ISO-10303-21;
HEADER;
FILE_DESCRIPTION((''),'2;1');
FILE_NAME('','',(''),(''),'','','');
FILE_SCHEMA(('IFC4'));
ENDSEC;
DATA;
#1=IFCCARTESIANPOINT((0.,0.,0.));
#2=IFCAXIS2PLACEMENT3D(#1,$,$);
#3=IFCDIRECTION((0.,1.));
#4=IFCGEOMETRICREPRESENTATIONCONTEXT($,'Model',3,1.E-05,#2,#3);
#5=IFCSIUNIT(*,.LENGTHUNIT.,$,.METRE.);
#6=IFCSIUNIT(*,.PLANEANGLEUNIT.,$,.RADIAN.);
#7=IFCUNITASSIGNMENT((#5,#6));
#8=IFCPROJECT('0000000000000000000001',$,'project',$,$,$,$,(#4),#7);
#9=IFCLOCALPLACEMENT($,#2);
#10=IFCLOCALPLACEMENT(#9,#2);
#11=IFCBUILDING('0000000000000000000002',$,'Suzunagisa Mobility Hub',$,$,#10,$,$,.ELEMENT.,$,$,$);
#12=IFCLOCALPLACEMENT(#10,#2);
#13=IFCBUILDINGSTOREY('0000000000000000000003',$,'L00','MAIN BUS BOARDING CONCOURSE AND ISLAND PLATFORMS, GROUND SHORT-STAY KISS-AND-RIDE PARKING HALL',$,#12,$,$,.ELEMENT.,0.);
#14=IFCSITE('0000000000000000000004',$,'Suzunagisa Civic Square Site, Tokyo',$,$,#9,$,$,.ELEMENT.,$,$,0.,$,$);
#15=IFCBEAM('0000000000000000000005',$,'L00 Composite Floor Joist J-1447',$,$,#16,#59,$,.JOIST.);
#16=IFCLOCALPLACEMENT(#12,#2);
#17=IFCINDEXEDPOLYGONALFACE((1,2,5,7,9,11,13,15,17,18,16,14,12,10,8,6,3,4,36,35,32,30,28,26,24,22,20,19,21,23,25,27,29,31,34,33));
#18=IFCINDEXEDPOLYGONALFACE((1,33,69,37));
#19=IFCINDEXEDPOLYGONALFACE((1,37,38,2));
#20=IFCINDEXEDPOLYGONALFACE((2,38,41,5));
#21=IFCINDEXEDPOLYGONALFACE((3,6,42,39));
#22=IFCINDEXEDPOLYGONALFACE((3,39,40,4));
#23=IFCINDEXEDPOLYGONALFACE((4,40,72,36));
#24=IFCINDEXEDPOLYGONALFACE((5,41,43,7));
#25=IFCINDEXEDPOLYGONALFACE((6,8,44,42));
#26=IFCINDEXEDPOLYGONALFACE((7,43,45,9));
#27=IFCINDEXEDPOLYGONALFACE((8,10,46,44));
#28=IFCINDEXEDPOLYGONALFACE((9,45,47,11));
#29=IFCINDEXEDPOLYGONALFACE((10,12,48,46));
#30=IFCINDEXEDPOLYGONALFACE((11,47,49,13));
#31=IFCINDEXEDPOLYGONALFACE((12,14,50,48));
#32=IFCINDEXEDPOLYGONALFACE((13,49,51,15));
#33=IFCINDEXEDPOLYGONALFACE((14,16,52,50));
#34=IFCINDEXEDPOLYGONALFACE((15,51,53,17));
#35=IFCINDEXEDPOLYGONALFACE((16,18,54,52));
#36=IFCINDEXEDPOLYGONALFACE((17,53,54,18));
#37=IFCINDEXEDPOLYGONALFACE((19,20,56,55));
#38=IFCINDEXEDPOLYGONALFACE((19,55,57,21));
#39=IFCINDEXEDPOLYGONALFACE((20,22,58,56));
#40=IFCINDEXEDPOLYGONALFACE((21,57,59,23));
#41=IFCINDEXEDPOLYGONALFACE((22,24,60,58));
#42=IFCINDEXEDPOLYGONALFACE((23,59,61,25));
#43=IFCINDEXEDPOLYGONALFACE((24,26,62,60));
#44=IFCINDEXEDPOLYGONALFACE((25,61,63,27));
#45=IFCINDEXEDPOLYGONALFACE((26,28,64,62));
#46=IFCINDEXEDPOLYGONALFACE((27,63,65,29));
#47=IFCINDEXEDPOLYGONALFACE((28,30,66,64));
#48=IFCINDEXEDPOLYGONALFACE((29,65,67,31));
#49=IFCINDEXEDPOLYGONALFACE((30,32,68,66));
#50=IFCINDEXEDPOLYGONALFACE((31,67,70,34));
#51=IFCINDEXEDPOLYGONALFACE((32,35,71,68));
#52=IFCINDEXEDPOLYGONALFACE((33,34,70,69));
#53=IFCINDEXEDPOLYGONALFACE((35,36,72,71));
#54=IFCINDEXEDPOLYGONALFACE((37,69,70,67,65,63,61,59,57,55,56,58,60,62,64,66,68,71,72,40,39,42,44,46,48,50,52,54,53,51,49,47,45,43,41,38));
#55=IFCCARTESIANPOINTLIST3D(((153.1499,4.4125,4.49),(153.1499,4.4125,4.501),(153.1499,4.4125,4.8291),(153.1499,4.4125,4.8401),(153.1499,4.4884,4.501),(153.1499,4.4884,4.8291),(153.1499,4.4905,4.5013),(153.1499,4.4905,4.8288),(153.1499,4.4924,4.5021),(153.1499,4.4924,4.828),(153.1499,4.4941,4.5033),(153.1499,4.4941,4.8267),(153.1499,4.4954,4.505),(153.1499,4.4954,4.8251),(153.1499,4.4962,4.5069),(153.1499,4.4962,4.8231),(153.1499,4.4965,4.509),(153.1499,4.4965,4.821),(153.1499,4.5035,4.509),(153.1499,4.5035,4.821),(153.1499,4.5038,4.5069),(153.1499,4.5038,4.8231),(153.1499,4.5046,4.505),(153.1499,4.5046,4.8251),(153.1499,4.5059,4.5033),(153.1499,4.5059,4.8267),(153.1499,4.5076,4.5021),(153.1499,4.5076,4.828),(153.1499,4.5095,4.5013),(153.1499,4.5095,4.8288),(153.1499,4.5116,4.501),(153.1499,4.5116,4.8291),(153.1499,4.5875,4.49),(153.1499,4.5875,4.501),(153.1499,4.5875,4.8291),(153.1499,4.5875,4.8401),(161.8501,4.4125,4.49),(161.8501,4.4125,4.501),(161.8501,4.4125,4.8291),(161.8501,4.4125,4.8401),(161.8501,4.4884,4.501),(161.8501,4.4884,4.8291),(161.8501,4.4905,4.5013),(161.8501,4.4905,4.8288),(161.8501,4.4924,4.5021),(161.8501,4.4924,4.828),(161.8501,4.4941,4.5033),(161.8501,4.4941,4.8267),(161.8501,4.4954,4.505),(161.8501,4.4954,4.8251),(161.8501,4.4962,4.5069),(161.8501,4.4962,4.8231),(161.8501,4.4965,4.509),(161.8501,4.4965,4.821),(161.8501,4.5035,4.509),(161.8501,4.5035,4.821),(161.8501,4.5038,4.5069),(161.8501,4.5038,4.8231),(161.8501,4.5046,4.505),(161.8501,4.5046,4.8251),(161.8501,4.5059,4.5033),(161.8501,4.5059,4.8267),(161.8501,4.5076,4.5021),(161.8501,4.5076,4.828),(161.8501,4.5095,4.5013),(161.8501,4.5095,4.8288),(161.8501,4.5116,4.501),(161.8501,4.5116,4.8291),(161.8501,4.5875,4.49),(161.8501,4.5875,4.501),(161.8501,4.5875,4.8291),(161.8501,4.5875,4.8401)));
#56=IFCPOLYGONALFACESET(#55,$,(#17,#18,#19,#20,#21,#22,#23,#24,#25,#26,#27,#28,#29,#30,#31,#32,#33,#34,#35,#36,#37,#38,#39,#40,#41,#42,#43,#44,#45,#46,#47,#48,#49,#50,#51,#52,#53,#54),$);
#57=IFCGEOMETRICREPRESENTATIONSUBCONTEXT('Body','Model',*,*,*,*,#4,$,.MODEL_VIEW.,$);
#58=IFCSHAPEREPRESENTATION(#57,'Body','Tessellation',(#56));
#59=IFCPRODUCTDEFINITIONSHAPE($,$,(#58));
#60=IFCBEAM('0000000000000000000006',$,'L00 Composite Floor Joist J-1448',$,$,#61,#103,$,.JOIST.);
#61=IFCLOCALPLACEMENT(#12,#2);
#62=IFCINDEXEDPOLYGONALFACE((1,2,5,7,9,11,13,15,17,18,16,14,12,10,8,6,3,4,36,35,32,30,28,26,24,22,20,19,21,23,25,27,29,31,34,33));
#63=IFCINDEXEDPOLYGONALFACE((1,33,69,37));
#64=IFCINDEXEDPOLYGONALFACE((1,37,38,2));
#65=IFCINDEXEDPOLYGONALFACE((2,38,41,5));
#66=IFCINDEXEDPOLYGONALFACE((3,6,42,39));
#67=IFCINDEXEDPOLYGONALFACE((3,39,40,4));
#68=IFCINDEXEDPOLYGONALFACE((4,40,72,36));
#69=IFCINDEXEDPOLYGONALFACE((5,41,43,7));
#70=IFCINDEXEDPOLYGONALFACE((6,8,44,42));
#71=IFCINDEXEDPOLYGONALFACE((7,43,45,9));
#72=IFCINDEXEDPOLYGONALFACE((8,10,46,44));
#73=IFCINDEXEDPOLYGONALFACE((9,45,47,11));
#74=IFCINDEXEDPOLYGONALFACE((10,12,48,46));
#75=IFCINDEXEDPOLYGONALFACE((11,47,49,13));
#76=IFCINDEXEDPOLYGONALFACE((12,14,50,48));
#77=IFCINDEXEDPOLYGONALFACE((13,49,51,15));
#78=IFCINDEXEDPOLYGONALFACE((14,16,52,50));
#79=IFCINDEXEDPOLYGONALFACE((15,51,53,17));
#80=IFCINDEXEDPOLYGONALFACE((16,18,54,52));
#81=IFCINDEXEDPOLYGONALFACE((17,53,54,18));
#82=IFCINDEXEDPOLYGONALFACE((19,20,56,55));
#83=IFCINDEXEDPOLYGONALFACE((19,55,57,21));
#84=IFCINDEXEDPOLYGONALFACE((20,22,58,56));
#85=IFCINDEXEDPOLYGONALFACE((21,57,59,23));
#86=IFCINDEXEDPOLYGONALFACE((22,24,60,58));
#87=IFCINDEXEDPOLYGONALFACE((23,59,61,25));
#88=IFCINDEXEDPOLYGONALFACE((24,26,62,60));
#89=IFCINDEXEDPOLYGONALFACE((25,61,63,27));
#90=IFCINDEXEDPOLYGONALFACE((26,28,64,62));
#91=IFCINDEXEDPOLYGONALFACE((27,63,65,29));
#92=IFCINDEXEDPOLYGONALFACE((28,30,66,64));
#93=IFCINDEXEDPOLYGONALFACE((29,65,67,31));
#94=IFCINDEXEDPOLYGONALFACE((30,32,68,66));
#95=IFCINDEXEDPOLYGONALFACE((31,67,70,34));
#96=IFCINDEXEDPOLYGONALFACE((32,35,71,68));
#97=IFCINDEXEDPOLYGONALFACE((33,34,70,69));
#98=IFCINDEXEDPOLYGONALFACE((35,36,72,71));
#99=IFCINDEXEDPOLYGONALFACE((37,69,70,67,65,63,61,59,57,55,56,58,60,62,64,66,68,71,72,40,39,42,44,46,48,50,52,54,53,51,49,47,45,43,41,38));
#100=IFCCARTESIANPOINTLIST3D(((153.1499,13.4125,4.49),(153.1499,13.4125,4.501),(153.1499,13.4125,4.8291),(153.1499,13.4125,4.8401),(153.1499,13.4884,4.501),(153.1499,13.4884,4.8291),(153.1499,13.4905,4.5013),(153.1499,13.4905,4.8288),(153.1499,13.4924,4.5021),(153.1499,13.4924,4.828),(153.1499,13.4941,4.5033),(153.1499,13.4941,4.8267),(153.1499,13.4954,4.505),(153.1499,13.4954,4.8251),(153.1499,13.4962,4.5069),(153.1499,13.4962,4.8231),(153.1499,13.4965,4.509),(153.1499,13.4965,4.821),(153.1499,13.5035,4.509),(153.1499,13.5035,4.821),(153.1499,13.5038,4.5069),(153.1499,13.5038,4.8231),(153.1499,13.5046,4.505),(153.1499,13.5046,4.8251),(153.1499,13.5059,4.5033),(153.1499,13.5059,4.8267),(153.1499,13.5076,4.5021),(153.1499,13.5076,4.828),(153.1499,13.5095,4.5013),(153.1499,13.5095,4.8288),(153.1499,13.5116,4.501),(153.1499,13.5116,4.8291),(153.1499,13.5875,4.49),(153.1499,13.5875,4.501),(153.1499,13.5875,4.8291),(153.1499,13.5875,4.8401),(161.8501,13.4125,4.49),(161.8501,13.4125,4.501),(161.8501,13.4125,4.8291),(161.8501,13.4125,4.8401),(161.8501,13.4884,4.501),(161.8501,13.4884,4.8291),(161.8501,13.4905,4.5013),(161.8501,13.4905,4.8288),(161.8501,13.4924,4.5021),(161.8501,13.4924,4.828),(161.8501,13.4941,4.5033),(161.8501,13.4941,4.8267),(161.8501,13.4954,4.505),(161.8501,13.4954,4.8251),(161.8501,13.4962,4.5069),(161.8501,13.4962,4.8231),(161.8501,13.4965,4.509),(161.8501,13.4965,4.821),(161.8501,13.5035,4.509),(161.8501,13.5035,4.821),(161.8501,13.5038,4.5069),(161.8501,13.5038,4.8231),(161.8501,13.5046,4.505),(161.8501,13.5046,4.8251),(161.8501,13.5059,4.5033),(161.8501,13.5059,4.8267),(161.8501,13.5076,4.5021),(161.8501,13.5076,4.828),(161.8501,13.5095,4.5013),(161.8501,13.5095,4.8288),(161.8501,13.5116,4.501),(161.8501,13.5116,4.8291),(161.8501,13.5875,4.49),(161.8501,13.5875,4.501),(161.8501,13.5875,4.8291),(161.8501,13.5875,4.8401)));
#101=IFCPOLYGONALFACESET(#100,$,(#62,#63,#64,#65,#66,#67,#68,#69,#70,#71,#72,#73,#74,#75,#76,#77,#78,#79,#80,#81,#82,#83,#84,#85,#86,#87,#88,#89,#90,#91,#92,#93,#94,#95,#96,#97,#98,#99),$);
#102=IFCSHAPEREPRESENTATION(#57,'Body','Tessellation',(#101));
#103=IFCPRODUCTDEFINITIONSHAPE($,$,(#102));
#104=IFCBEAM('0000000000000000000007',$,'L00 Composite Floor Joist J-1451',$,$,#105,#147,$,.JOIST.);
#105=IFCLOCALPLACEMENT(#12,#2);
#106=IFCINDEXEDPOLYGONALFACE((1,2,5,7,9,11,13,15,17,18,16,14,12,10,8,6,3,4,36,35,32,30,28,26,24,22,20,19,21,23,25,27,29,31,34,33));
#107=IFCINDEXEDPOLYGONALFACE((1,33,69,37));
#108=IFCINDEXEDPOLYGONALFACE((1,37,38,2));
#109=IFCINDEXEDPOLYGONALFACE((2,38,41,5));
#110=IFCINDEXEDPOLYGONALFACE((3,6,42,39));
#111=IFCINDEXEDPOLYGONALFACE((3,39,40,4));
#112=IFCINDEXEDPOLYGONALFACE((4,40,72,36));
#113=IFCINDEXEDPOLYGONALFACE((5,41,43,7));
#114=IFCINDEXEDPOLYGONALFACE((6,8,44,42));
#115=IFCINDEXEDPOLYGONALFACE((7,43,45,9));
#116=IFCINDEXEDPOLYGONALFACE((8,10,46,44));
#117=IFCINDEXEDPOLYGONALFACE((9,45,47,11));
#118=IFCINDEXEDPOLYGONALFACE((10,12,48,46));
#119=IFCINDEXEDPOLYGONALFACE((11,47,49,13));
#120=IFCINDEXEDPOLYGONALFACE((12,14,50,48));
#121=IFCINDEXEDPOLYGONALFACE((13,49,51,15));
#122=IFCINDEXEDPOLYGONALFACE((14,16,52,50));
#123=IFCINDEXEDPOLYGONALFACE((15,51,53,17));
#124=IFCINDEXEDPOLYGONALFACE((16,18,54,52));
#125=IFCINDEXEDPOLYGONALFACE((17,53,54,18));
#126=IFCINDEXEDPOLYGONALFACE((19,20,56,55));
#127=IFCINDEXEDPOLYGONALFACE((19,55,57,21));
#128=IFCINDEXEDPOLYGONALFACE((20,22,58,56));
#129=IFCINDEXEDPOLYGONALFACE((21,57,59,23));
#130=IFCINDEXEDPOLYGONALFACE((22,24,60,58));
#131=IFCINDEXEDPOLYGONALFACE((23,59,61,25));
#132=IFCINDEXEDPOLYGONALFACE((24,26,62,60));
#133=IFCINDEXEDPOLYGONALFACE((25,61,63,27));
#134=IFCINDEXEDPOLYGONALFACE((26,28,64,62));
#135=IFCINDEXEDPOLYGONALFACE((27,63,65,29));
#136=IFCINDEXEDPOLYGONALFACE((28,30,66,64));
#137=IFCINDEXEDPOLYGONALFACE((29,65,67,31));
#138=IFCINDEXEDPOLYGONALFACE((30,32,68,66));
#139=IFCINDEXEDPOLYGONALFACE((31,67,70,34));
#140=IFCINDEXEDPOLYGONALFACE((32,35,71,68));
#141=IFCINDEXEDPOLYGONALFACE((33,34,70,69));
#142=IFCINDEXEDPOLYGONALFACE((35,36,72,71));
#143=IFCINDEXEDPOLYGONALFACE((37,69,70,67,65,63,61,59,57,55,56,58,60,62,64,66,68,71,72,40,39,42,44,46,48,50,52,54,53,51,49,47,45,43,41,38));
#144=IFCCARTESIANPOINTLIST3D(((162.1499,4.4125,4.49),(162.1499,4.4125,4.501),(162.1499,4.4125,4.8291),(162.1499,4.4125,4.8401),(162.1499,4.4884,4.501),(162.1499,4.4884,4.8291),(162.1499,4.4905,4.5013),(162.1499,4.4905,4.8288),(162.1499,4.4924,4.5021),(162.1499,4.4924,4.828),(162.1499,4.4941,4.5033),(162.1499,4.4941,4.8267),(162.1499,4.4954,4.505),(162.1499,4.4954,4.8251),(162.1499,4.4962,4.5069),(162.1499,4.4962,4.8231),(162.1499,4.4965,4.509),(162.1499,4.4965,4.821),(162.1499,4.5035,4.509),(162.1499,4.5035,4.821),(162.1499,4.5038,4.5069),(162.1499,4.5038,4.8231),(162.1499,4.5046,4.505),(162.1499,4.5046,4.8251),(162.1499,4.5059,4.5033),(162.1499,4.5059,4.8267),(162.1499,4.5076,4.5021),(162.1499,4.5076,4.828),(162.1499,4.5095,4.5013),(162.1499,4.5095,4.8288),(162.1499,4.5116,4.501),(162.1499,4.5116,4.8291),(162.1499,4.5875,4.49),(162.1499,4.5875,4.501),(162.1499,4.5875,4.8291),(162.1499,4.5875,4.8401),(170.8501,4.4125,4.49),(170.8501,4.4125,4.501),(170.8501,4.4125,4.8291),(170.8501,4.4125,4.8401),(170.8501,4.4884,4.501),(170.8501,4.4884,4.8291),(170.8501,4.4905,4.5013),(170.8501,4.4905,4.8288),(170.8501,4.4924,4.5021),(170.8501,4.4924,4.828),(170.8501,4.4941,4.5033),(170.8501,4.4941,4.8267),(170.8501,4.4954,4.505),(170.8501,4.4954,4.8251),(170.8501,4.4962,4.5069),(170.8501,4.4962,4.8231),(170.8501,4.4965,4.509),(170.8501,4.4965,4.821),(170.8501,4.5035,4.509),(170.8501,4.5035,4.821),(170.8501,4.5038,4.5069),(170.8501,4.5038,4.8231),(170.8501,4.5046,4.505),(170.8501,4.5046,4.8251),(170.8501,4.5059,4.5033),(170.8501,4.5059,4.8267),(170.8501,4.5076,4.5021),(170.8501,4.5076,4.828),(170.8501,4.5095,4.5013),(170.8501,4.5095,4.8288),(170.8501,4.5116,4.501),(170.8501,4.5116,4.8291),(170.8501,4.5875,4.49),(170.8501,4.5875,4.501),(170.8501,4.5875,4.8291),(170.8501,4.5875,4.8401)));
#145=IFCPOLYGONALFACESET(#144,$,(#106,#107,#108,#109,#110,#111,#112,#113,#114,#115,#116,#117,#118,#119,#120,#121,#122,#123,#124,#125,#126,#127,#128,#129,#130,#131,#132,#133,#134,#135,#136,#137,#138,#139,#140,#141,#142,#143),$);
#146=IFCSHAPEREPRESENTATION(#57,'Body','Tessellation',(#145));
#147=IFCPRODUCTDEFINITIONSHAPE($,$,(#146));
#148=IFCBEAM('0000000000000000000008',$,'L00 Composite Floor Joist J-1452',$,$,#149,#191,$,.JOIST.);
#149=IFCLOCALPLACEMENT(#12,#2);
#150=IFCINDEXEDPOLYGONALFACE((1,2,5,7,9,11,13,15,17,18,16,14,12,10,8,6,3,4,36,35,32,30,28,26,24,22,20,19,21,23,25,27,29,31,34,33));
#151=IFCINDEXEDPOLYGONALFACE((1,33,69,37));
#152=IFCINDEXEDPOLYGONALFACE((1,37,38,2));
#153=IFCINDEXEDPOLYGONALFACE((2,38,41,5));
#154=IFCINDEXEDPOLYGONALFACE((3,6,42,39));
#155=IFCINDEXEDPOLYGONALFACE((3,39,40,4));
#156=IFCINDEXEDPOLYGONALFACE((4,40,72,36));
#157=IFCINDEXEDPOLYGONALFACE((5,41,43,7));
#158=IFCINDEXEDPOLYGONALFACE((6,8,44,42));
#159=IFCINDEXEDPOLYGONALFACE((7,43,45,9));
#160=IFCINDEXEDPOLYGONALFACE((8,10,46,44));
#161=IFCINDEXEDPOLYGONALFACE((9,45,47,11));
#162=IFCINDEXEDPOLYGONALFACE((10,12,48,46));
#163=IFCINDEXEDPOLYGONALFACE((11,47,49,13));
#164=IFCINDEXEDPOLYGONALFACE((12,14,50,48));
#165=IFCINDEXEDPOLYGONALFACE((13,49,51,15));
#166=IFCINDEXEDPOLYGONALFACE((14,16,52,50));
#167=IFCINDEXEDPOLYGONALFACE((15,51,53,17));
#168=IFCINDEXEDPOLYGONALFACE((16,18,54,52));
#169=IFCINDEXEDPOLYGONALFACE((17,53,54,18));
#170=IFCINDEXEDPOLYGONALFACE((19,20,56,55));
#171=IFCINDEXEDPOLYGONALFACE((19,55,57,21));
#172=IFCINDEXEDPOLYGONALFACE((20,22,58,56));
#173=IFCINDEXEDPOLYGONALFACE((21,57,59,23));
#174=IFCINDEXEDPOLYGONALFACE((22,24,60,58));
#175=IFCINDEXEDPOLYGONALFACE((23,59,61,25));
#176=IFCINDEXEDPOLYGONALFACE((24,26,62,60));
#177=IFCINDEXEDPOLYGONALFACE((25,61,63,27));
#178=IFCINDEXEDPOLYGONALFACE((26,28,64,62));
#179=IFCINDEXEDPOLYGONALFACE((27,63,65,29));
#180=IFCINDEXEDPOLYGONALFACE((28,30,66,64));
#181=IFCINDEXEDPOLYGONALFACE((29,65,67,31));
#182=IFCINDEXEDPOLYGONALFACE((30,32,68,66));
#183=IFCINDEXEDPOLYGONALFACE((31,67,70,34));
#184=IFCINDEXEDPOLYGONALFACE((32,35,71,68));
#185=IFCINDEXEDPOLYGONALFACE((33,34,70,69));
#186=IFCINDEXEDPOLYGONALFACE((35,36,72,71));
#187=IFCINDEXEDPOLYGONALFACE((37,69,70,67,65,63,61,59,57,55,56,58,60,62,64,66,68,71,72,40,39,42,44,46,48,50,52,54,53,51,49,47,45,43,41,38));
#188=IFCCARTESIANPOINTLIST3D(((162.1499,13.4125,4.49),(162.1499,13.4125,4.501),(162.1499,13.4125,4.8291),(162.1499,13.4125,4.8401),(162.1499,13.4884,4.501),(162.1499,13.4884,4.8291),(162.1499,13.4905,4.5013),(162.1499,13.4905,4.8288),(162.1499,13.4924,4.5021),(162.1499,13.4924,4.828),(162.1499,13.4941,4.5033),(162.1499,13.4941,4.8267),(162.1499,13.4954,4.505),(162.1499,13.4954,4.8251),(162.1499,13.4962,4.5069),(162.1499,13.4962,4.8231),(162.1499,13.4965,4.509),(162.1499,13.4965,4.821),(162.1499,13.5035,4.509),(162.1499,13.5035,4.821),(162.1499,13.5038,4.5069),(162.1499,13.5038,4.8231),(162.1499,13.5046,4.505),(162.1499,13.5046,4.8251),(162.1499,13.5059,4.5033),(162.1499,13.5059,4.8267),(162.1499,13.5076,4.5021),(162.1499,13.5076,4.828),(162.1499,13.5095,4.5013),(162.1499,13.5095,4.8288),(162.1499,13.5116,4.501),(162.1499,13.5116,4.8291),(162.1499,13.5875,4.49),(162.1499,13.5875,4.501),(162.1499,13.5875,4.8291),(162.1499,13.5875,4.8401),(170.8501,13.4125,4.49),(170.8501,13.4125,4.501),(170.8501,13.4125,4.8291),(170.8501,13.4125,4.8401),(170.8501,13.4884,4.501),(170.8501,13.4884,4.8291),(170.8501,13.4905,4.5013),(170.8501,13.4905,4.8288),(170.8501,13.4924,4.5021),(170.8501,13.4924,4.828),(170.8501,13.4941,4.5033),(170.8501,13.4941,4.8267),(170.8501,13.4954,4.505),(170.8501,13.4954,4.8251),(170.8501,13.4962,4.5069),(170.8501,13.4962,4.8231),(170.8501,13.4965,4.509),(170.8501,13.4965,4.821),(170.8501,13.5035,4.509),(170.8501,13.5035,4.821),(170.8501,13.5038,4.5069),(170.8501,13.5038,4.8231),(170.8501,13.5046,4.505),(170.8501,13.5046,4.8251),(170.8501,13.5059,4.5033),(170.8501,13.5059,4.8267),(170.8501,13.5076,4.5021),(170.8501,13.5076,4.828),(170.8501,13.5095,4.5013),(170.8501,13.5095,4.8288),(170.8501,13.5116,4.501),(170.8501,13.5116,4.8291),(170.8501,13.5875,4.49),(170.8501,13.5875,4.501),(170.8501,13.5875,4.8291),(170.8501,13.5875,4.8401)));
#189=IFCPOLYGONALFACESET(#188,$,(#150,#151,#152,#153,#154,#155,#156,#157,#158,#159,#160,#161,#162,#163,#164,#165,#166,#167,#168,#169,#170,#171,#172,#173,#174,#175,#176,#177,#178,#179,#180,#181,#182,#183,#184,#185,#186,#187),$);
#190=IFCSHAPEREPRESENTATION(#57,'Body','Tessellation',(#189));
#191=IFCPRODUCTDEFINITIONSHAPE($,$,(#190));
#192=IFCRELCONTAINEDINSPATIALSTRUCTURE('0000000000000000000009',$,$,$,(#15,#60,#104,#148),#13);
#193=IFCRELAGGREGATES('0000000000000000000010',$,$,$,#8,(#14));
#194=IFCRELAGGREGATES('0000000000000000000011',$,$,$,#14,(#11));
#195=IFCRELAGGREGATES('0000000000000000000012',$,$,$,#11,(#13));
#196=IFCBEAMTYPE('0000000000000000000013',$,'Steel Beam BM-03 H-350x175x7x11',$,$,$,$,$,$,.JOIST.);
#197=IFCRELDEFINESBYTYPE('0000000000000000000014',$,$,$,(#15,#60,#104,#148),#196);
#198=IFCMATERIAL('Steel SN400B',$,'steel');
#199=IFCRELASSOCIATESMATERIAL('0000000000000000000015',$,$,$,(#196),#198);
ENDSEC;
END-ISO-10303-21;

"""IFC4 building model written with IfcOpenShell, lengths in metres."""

from ifc_helpers import new_model, si_unit, direction, frame, origin, origin_2d, place, context, subcontext, project, spatial, i_section, extrude, material, material_profile, profile_set, type_object, element, save


model = new_model("IFC4")

# Units and contexts
model_context = context("Model", 3, precision=1e-05, world=origin(), true_north=direction((0.0, 1.0)))
body_context = subcontext(model_context, "Body", "Model", "MODEL_VIEW")
ifc_project = project(units=[si_unit("LENGTHUNIT", "METRE"), si_unit("PLANEANGLEUNIT", "RADIAN")], contexts=[model_context])

# Site, building, storey
site_placement = place(None, origin())
site = spatial("IfcSite", under=ifc_project, at=site_placement, Name="Suzunagisa Civic Square Site, Tokyo", CompositionType="ELEMENT", RefElevation=0.0)
building_placement = place(site_placement, origin())
building = spatial("IfcBuilding", under=site, at=building_placement, Name="Suzunagisa Mobility Hub", CompositionType="ELEMENT")
storey_placement = place(building_placement, origin())
storey = spatial("IfcBuildingStorey", under=building, at=storey_placement, Name="L00", Description="MAIN BUS BOARDING CONCOURSE AND ISLAND PLATFORMS, GROUND SHORT-STAY KISS-AND-RIDE PARKING HALL", CompositionType="ELEMENT", Elevation=0.0)

# Beams
ifc_material_1 = material(Name="Steel SN400B", Category="steel")
ifc_material_profile_1 = material_profile(ifc_material_1, i_section(OverallWidth=0.175, OverallDepth=0.3501, WebThickness=0.0071, FlangeThickness=0.011, FilletRadius=0.0081, at=origin_2d()), Name="H-350x175x7x11")
ifc_profile_set_1 = profile_set([ifc_material_profile_1], Name="Steel SN400B")
beam_type_1 = type_object("IfcBeamType", Name="Steel Beam BM-03 H-350x175x7x11", PredefinedType="JOIST", material=ifc_profile_set_1)
for number, where, z_axis, x_axis, name in (
    (1, (153.1499, 4.5, 4.665), (1.0, 0.0, 0.0), (0.0, 1.0, 0.0), "L00 Composite Floor Joist J-1447"),
    (2, (153.1499, 13.5, 4.665), (1.0, 0.0, 0.0), (0.0, 1.0, 0.0), "L00 Composite Floor Joist J-1448"),
    (3, (162.1499, 4.5, 4.665), (1.0, 0.0, 0.0), (0.0, 1.0, 0.0), "L00 Composite Floor Joist J-1451"),
    (4, (162.1499, 13.5, 4.665), (1.0, 0.0, 0.0), (0.0, 1.0, 0.0), "L00 Composite Floor Joist J-1452"),
):
    element("IfcBeam", number, at=place(storey_placement, frame(where, z_axis=z_axis, x_axis=x_axis)), inside=storey, type_object=beam_type_1, Name=name, PredefinedType="JOIST", context=body_context, shape_type="SweptSolid", body=[
        extrude(i_section(OverallWidth=0.175, OverallDepth=0.3501, WebThickness=0.0071, FlangeThickness=0.011, FilletRadius=0.0081, at=origin_2d()), origin(), (0.0, 0.0, 1.0), 8.7002),
    ])

save(model, "model.ifc")
